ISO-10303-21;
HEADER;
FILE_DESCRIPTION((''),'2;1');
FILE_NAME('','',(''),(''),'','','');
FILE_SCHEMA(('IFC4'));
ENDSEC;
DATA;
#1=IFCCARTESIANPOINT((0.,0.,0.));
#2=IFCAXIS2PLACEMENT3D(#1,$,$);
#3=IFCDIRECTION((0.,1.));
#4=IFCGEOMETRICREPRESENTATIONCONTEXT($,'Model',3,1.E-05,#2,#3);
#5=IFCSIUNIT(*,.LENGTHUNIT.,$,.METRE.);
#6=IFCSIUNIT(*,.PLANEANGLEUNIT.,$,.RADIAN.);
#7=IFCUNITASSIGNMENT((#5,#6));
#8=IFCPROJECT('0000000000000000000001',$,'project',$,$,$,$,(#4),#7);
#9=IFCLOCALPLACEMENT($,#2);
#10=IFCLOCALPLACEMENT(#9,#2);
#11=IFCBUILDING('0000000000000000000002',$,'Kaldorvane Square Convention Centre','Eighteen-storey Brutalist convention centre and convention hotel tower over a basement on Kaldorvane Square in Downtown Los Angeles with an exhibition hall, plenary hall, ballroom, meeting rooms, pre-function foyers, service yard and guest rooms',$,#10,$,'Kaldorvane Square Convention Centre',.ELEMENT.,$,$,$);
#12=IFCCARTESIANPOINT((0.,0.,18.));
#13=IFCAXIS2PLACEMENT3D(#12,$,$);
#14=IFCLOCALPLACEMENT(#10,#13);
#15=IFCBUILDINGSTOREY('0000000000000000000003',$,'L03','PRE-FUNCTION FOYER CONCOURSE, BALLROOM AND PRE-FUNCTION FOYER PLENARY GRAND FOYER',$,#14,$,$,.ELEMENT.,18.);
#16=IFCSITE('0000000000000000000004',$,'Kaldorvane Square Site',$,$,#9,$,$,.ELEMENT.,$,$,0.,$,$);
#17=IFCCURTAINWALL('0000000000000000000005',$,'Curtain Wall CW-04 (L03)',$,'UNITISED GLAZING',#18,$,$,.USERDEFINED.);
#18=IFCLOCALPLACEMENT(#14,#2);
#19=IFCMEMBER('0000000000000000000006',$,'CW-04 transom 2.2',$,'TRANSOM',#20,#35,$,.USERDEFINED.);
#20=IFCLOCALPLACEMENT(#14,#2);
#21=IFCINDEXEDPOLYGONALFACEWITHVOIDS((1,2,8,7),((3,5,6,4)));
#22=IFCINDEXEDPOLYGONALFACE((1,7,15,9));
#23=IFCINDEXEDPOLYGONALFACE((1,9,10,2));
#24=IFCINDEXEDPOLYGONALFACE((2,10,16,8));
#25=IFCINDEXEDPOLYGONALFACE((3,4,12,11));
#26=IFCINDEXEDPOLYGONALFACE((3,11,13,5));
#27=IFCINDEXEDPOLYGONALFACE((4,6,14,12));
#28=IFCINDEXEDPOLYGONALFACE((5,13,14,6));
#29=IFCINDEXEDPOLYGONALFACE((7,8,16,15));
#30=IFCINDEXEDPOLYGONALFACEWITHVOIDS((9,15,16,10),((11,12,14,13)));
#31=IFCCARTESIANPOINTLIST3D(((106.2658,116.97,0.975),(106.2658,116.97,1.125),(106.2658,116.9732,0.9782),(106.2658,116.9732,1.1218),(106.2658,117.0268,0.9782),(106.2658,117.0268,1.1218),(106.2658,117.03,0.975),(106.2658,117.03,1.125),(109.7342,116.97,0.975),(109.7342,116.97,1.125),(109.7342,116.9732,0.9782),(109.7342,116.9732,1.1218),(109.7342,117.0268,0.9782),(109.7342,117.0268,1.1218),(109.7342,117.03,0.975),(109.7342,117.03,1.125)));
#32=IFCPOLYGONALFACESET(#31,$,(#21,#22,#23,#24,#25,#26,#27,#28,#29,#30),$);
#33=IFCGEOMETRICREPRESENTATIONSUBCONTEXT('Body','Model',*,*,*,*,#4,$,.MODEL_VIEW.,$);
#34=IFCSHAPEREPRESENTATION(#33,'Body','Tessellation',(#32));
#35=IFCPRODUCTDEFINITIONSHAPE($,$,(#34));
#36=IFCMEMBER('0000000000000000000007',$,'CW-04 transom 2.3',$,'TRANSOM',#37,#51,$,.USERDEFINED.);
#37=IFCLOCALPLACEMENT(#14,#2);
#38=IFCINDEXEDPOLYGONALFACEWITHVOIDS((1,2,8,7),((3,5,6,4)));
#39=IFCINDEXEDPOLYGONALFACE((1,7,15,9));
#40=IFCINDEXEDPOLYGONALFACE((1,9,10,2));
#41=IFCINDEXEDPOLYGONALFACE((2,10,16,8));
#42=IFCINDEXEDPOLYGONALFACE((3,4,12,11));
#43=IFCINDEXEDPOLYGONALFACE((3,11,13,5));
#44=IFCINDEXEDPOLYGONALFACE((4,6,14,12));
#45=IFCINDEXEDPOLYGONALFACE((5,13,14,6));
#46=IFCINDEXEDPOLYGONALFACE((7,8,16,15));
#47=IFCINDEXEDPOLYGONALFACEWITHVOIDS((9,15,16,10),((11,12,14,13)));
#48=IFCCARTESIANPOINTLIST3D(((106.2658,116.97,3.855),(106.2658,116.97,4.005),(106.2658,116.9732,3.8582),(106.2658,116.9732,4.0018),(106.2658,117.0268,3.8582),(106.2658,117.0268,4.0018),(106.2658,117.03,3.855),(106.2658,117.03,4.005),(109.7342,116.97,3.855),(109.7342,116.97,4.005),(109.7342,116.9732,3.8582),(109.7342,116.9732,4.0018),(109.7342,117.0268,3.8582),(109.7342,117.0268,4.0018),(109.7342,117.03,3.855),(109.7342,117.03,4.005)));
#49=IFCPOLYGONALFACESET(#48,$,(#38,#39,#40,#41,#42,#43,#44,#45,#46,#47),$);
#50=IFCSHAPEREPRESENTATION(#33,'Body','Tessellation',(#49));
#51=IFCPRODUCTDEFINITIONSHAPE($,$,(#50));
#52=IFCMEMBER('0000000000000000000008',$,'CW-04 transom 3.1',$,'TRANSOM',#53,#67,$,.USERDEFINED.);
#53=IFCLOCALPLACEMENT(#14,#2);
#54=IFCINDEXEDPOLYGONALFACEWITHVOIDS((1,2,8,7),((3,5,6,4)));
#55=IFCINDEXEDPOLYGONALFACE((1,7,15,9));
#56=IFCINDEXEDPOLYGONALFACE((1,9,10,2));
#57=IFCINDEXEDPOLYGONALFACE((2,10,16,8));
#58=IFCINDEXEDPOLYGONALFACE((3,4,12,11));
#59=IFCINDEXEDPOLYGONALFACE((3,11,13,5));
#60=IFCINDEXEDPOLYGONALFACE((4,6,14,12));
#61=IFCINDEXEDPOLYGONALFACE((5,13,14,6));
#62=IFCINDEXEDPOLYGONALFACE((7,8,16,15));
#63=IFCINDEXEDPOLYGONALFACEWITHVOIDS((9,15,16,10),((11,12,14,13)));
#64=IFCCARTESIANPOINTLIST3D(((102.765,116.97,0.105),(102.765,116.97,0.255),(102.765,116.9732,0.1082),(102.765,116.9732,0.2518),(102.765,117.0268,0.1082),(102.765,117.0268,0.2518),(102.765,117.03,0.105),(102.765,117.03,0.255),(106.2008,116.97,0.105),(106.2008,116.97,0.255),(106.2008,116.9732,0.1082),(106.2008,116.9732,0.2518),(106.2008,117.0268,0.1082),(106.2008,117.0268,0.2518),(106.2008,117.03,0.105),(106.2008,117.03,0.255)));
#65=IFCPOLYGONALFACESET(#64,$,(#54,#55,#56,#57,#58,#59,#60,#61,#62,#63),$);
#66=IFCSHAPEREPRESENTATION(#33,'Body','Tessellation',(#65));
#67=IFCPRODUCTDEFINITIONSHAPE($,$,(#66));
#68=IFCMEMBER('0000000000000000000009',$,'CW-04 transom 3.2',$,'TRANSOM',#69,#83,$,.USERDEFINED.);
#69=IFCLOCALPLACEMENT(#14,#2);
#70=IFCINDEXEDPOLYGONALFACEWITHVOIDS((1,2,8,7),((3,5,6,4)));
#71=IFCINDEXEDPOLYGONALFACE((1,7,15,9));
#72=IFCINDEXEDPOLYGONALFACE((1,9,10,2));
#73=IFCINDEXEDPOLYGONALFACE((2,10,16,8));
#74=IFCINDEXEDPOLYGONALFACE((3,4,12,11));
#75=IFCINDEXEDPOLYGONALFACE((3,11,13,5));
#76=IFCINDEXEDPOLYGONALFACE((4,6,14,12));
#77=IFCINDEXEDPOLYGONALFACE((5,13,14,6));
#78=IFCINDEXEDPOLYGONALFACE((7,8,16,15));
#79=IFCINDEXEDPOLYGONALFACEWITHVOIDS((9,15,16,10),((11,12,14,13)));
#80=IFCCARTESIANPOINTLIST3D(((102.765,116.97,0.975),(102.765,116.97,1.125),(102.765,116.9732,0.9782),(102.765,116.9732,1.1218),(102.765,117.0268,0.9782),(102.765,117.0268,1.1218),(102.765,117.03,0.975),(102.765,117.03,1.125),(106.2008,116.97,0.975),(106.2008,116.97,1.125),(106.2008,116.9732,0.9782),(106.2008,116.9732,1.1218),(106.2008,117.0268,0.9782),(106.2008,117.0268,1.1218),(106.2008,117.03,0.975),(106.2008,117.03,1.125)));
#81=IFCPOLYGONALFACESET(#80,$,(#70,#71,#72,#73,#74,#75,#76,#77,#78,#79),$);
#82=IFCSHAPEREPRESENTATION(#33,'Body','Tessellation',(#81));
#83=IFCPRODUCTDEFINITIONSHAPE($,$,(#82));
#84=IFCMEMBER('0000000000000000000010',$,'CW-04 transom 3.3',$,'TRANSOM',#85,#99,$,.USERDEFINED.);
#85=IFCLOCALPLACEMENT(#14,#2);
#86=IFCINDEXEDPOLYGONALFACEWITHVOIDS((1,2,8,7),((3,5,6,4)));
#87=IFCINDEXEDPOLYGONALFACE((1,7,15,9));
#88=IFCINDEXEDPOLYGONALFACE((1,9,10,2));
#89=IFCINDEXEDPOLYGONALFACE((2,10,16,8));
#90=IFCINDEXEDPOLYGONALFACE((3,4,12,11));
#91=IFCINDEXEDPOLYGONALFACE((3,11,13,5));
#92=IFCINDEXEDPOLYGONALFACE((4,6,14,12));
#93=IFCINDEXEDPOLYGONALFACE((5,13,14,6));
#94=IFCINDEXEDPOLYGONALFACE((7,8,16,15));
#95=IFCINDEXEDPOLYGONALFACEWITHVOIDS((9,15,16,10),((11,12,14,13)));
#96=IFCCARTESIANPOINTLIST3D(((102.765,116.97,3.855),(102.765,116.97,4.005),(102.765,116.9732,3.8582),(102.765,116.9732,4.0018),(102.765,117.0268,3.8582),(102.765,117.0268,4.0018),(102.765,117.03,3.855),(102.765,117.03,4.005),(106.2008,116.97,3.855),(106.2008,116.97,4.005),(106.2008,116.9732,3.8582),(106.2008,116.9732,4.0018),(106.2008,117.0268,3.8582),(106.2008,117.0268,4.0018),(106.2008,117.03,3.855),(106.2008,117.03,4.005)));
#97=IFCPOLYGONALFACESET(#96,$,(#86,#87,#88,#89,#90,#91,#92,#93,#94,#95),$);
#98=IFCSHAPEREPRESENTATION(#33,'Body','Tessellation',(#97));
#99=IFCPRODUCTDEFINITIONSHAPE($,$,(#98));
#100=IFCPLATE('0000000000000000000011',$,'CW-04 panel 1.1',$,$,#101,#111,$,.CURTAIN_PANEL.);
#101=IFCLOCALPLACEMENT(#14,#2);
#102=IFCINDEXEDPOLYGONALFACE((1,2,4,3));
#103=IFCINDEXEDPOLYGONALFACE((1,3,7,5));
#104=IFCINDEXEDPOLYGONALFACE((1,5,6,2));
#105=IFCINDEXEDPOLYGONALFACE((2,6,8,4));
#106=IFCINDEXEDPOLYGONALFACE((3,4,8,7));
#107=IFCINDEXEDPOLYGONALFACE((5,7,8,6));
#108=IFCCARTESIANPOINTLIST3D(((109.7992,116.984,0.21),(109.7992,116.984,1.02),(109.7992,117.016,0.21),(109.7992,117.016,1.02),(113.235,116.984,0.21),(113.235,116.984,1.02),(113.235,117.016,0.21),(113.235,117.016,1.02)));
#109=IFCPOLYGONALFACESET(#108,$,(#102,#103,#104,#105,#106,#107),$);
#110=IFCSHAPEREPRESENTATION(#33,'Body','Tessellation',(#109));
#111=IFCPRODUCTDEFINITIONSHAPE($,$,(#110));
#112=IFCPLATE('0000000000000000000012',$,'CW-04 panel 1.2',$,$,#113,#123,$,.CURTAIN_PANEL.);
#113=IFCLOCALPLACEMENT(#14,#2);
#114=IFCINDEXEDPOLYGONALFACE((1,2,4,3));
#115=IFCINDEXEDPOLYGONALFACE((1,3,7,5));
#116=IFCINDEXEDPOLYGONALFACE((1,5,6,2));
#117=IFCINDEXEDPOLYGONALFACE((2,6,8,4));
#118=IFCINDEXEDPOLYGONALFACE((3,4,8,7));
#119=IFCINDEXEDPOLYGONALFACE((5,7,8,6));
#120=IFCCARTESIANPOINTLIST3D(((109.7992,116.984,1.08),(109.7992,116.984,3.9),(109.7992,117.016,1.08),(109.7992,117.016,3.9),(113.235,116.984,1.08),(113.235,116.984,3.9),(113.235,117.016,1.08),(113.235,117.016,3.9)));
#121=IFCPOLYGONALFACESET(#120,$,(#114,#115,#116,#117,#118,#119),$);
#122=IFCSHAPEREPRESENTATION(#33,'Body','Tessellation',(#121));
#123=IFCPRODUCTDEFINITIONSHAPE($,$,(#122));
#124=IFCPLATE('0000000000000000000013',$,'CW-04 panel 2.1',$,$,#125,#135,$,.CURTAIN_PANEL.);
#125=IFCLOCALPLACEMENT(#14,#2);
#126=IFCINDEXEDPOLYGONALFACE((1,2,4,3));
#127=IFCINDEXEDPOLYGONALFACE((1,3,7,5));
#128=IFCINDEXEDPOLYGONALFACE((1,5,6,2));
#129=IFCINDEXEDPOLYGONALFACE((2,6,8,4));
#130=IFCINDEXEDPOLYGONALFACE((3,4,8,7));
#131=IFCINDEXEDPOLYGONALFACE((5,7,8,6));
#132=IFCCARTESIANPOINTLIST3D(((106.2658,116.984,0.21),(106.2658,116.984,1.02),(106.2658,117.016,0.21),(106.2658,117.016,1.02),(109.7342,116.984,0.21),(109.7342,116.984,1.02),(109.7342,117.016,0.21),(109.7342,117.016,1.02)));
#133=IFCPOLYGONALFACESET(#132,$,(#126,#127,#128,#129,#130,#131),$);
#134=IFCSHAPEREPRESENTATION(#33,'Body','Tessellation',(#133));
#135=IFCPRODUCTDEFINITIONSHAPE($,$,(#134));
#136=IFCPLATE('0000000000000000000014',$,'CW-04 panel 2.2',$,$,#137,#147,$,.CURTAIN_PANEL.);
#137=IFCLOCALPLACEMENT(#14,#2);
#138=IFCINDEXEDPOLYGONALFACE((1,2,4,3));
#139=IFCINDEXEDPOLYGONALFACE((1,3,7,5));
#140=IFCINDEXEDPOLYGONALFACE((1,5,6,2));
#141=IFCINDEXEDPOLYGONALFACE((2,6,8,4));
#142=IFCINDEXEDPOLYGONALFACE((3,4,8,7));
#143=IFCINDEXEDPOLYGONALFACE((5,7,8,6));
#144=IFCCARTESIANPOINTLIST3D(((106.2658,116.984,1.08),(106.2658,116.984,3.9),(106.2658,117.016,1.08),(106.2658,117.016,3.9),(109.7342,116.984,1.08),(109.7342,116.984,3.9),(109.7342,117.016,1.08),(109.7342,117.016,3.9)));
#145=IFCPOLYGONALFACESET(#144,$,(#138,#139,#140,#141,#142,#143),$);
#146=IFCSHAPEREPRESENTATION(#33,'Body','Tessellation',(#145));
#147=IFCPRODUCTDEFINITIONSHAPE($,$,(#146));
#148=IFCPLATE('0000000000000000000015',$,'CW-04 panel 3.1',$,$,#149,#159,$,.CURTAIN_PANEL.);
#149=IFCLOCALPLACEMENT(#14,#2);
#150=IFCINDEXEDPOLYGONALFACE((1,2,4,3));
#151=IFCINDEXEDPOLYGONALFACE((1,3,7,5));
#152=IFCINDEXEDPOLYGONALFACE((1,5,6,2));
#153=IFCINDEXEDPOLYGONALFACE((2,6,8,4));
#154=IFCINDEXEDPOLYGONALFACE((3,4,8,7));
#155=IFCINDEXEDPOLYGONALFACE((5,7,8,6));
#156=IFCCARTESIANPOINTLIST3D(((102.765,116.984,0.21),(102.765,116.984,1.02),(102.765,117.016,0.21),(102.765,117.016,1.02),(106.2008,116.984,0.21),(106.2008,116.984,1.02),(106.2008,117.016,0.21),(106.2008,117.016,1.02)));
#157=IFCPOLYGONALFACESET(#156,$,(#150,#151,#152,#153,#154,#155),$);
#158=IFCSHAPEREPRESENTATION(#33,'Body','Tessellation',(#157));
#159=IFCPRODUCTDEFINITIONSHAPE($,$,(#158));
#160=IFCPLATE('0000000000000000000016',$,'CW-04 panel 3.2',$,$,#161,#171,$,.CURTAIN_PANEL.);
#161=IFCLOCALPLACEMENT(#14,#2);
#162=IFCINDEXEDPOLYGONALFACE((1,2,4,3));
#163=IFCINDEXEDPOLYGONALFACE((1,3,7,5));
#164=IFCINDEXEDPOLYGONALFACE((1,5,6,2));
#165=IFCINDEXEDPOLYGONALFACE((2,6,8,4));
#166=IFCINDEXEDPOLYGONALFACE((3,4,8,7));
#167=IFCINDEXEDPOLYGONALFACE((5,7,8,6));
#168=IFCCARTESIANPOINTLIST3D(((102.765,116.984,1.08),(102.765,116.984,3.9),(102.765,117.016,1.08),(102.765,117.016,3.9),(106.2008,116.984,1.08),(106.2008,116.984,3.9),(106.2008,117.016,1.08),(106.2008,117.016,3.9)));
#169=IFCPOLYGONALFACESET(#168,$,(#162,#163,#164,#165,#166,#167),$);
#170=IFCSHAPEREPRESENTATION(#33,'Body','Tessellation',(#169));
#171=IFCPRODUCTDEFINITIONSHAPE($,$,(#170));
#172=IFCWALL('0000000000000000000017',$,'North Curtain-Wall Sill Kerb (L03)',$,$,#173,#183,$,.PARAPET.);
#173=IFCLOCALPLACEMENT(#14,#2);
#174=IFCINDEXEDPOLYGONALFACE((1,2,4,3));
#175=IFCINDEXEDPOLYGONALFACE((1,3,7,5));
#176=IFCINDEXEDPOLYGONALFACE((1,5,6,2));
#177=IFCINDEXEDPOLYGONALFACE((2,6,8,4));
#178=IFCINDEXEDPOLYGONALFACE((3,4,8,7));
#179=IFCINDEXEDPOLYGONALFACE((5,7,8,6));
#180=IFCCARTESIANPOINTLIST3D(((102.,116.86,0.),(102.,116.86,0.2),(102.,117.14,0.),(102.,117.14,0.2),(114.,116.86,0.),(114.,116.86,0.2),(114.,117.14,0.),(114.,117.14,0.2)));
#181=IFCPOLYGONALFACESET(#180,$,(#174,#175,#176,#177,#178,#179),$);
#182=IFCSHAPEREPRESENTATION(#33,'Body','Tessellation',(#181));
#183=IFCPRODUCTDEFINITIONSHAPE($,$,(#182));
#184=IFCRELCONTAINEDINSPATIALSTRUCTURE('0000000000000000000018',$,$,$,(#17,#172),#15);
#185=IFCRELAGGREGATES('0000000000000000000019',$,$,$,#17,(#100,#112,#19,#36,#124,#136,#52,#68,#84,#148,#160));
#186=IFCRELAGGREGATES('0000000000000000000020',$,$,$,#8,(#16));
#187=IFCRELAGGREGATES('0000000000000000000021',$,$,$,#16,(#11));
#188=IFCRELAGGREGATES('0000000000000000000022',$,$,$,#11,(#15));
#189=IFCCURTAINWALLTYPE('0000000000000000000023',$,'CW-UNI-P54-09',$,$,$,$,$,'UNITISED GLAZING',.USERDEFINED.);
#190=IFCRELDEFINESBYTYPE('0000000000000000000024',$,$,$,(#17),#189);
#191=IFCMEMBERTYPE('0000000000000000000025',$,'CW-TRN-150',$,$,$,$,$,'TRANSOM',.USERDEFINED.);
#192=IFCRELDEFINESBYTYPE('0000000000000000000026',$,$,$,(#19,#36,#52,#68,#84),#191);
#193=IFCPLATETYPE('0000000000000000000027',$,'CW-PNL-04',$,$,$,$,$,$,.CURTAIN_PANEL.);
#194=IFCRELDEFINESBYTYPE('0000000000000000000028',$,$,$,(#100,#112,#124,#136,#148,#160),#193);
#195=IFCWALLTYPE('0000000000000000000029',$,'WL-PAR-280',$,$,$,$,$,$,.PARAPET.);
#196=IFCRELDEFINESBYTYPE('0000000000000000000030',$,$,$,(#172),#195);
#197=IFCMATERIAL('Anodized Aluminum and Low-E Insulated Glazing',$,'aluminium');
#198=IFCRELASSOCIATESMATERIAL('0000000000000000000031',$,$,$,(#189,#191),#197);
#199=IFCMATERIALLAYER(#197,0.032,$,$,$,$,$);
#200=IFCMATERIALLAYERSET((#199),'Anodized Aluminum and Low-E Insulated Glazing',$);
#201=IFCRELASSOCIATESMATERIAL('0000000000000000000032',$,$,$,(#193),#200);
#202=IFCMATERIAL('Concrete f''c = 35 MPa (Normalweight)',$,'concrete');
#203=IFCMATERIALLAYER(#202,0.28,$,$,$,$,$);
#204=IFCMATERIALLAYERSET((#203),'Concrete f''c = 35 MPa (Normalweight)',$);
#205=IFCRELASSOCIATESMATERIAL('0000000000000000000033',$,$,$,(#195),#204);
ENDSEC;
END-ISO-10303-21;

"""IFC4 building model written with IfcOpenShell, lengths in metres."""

from ifc_helpers import new_model, si_unit, direction, frame, frame_2d, origin, origin_2d, place, context, subcontext, project, spatial, rectangle, hollow_rectangle, extrude, material, layer, layer_set, material_profile, profile_set, type_object, element, aggregate, save


model = new_model("IFC4")

# Units and contexts
model_context = context("Model", 3, precision=1e-05, world=origin(), true_north=direction((0.0, 1.0)))
body_context = subcontext(model_context, "Body", "Model", "MODEL_VIEW")
ifc_project = project(units=[si_unit("LENGTHUNIT", "METRE"), si_unit("PLANEANGLEUNIT", "RADIAN")], contexts=[model_context])

# Site, building, storey
site_placement = place(None, origin())
site = spatial("IfcSite", under=ifc_project, at=site_placement, Name="Kaldorvane Square Site", CompositionType="ELEMENT", RefElevation=0.0)
building_placement = place(site_placement, origin())
building = spatial("IfcBuilding", under=site, at=building_placement, Name="Kaldorvane Square Convention Centre", Description="Eighteen-storey Brutalist convention centre and convention hotel tower over a basement on Kaldorvane Square in Downtown Los Angeles with an exhibition hall, plenary hall, ballroom, meeting rooms, pre-function foyers, service yard and guest rooms", LongName="Kaldorvane Square Convention Centre", CompositionType="ELEMENT")
storey_placement = place(building_placement, frame((0.0, 0.0, 18.0)))
storey = spatial("IfcBuildingStorey", under=building, at=storey_placement, Name="L03", Description="PRE-FUNCTION FOYER CONCOURSE, BALLROOM AND PRE-FUNCTION FOYER PLENARY GRAND FOYER", CompositionType="ELEMENT", Elevation=18.0)

# Curtain wall, members, plates
ifc_material_1 = material(Name="Anodized Aluminum and Low-E Insulated Glazing", Category="aluminium")
curtain_wall_type = type_object("IfcCurtainWallType", Name="CW-UNI-P54-09", ElementType="UNITISED GLAZING", PredefinedType="USERDEFINED", material=ifc_material_1)
curtain_wall_placement = place(storey_placement, origin())
curtain_wall = element("IfcCurtainWall", 1, at=curtain_wall_placement, inside=storey, type_object=curtain_wall_type, Name="Curtain Wall CW-04 (L03)", ObjectType="UNITISED GLAZING", PredefinedType="USERDEFINED")
ifc_material_profile_1 = material_profile(ifc_material_1, hollow_rectangle(XDim=0.06, YDim=0.15, WallThickness=0.0032, at=origin_2d()), Name="CWT-150X60")
ifc_profile_set_1 = profile_set([ifc_material_profile_1], Name="Anodized Aluminum and Low-E Insulated Glazing")
member_type_1 = type_object("IfcMemberType", Name="CW-TRN-150", ElementType="TRANSOM", PredefinedType="USERDEFINED", material=ifc_profile_set_1)
member_1_placement = place(storey_placement, frame((109.7342, 117.0, 1.05), z_axis=(-1.0, 0.0, 0.0), x_axis=(0.0, -1.0, 0.0)))
member_1 = element("IfcMember", 2, at=member_1_placement, type_object=member_type_1, Name="CW-04 transom 2.2", ObjectType="TRANSOM", PredefinedType="USERDEFINED", context=body_context, shape_type="SweptSolid", body=[
    extrude(hollow_rectangle(XDim=0.06, YDim=0.15, WallThickness=0.0032, at=origin_2d()), origin(), (0.0, 0.0, 1.0), 3.4683),
])
member_2_placement = place(storey_placement, frame((109.7342, 117.0, 3.93), z_axis=(-1.0, 0.0, 0.0), x_axis=(0.0, -1.0, 0.0)))
member_2 = element("IfcMember", 3, at=member_2_placement, type_object=member_type_1, Name="CW-04 transom 2.3", ObjectType="TRANSOM", PredefinedType="USERDEFINED", context=body_context, shape_type="SweptSolid", body=[
    extrude(hollow_rectangle(XDim=0.06, YDim=0.15, WallThickness=0.0032, at=origin_2d()), origin(), (0.0, 0.0, 1.0), 3.4683),
])
member_3_placement = place(storey_placement, frame((106.2008, 117.0, 0.18), z_axis=(-1.0, 0.0, 0.0), x_axis=(0.0, -1.0, 0.0)))
member_3 = element("IfcMember", 4, at=member_3_placement, type_object=member_type_1, Name="CW-04 transom 3.1", ObjectType="TRANSOM", PredefinedType="USERDEFINED", context=body_context, shape_type="SweptSolid", body=[
    extrude(hollow_rectangle(XDim=0.06, YDim=0.15, WallThickness=0.0032, at=origin_2d()), origin(), (0.0, 0.0, 1.0), 3.4358),
])
member_4_placement = place(storey_placement, frame((106.2008, 117.0, 1.05), z_axis=(-1.0, 0.0, 0.0), x_axis=(0.0, -1.0, 0.0)))
member_4 = element("IfcMember", 5, at=member_4_placement, type_object=member_type_1, Name="CW-04 transom 3.2", ObjectType="TRANSOM", PredefinedType="USERDEFINED", context=body_context, shape_type="SweptSolid", body=[
    extrude(hollow_rectangle(XDim=0.06, YDim=0.15, WallThickness=0.0032, at=origin_2d()), origin(), (0.0, 0.0, 1.0), 3.4358),
])
member_5_placement = place(storey_placement, frame((106.2008, 117.0, 3.93), z_axis=(-1.0, 0.0, 0.0), x_axis=(0.0, -1.0, 0.0)))
member_5 = element("IfcMember", 6, at=member_5_placement, type_object=member_type_1, Name="CW-04 transom 3.3", ObjectType="TRANSOM", PredefinedType="USERDEFINED", context=body_context, shape_type="SweptSolid", body=[
    extrude(hollow_rectangle(XDim=0.06, YDim=0.15, WallThickness=0.0032, at=origin_2d()), origin(), (0.0, 0.0, 1.0), 3.4358),
])
ifc_layer_1 = layer(ifc_material_1, 0.032)
ifc_layer_set_1 = layer_set([ifc_layer_1], Name="Anodized Aluminum and Low-E Insulated Glazing")
plate_type = type_object("IfcPlateType", Name="CW-PNL-04", PredefinedType="CURTAIN_PANEL", material=ifc_layer_set_1)
plate_1_placement = place(storey_placement, frame((111.5171, 117.0, 0.21), z_axis=(0.0, 0.0, 1.0), x_axis=(-1.0, 0.0, 0.0)))
plate_1 = element("IfcPlate", 7, at=plate_1_placement, type_object=plate_type, Name="CW-04 panel 1.1", PredefinedType="CURTAIN_PANEL", context=body_context, shape_type="SweptSolid", body=[
    extrude(rectangle(XDim=3.4358, YDim=0.032, at=origin_2d()), origin(), (0.0, 0.0, 1.0), 0.81),
])
plate_2_placement = place(storey_placement, frame((111.5171, 117.0, 1.08), z_axis=(0.0, 0.0, 1.0), x_axis=(-1.0, 0.0, 0.0)))
plate_2 = element("IfcPlate", 8, at=plate_2_placement, type_object=plate_type, Name="CW-04 panel 1.2", PredefinedType="CURTAIN_PANEL", context=body_context, shape_type="SweptSolid", body=[
    extrude(rectangle(XDim=3.4358, YDim=0.032, at=origin_2d()), origin(), (0.0, 0.0, 1.0), 2.82),
])
plate_3_placement = place(storey_placement, frame((108.0, 117.0, 0.21), z_axis=(0.0, 0.0, 1.0), x_axis=(-1.0, 0.0, 0.0)))
plate_3 = element("IfcPlate", 9, at=plate_3_placement, type_object=plate_type, Name="CW-04 panel 2.1", PredefinedType="CURTAIN_PANEL", context=body_context, shape_type="SweptSolid", body=[
    extrude(rectangle(XDim=3.4683, YDim=0.032, at=origin_2d()), origin(), (0.0, 0.0, 1.0), 0.81),
])
plate_4_placement = place(storey_placement, frame((108.0, 117.0, 1.08), z_axis=(0.0, 0.0, 1.0), x_axis=(-1.0, 0.0, 0.0)))
plate_4 = element("IfcPlate", 10, at=plate_4_placement, type_object=plate_type, Name="CW-04 panel 2.2", PredefinedType="CURTAIN_PANEL", context=body_context, shape_type="SweptSolid", body=[
    extrude(rectangle(XDim=3.4683, YDim=0.032, at=origin_2d()), origin(), (0.0, 0.0, 1.0), 2.82),
])
plate_5_placement = place(storey_placement, frame((104.4829, 117.0, 0.21), z_axis=(0.0, 0.0, 1.0), x_axis=(-1.0, 0.0, 0.0)))
plate_5 = element("IfcPlate", 11, at=plate_5_placement, type_object=plate_type, Name="CW-04 panel 3.1", PredefinedType="CURTAIN_PANEL", context=body_context, shape_type="SweptSolid", body=[
    extrude(rectangle(XDim=3.4358, YDim=0.032, at=origin_2d()), origin(), (0.0, 0.0, 1.0), 0.81),
])
plate_6_placement = place(storey_placement, frame((104.4829, 117.0, 1.08), z_axis=(0.0, 0.0, 1.0), x_axis=(-1.0, 0.0, 0.0)))
plate_6 = element("IfcPlate", 12, at=plate_6_placement, type_object=plate_type, Name="CW-04 panel 3.2", PredefinedType="CURTAIN_PANEL", context=body_context, shape_type="SweptSolid", body=[
    extrude(rectangle(XDim=3.4358, YDim=0.032, at=origin_2d()), origin(), (0.0, 0.0, 1.0), 2.82),
])
aggregate(curtain_wall, [plate_1, plate_2, member_1, member_2, plate_3, plate_4, member_3, member_4, member_5, plate_5, plate_6])

# Wall
ifc_material_2 = material(Name="Concrete f'c = 35 MPa (Normalweight)", Category="concrete")
ifc_layer_2 = layer(ifc_material_2, 0.28)
ifc_layer_set_2 = layer_set([ifc_layer_2], Name="Concrete f'c = 35 MPa (Normalweight)")
wall_type = type_object("IfcWallType", Name="WL-PAR-280", PredefinedType="PARAPET", material=ifc_layer_set_2)
wall_placement = place(storey_placement, frame((114.0, 117.0, 0.0), z_axis=(0.0, 0.0, 1.0), x_axis=(-1.0, 0.0, 0.0)))
element("IfcWall", 13, at=wall_placement, inside=storey, type_object=wall_type, Name="North Curtain-Wall Sill Kerb (L03)", PredefinedType="PARAPET", context=body_context, shape_type="SweptSolid", body=[
    extrude(rectangle(XDim=12.0, YDim=0.28, at=frame_2d((6.0, 0.0))), origin(), (0.0, 0.0, 1.0), 0.2),
])

save(model, "model.ifc")
